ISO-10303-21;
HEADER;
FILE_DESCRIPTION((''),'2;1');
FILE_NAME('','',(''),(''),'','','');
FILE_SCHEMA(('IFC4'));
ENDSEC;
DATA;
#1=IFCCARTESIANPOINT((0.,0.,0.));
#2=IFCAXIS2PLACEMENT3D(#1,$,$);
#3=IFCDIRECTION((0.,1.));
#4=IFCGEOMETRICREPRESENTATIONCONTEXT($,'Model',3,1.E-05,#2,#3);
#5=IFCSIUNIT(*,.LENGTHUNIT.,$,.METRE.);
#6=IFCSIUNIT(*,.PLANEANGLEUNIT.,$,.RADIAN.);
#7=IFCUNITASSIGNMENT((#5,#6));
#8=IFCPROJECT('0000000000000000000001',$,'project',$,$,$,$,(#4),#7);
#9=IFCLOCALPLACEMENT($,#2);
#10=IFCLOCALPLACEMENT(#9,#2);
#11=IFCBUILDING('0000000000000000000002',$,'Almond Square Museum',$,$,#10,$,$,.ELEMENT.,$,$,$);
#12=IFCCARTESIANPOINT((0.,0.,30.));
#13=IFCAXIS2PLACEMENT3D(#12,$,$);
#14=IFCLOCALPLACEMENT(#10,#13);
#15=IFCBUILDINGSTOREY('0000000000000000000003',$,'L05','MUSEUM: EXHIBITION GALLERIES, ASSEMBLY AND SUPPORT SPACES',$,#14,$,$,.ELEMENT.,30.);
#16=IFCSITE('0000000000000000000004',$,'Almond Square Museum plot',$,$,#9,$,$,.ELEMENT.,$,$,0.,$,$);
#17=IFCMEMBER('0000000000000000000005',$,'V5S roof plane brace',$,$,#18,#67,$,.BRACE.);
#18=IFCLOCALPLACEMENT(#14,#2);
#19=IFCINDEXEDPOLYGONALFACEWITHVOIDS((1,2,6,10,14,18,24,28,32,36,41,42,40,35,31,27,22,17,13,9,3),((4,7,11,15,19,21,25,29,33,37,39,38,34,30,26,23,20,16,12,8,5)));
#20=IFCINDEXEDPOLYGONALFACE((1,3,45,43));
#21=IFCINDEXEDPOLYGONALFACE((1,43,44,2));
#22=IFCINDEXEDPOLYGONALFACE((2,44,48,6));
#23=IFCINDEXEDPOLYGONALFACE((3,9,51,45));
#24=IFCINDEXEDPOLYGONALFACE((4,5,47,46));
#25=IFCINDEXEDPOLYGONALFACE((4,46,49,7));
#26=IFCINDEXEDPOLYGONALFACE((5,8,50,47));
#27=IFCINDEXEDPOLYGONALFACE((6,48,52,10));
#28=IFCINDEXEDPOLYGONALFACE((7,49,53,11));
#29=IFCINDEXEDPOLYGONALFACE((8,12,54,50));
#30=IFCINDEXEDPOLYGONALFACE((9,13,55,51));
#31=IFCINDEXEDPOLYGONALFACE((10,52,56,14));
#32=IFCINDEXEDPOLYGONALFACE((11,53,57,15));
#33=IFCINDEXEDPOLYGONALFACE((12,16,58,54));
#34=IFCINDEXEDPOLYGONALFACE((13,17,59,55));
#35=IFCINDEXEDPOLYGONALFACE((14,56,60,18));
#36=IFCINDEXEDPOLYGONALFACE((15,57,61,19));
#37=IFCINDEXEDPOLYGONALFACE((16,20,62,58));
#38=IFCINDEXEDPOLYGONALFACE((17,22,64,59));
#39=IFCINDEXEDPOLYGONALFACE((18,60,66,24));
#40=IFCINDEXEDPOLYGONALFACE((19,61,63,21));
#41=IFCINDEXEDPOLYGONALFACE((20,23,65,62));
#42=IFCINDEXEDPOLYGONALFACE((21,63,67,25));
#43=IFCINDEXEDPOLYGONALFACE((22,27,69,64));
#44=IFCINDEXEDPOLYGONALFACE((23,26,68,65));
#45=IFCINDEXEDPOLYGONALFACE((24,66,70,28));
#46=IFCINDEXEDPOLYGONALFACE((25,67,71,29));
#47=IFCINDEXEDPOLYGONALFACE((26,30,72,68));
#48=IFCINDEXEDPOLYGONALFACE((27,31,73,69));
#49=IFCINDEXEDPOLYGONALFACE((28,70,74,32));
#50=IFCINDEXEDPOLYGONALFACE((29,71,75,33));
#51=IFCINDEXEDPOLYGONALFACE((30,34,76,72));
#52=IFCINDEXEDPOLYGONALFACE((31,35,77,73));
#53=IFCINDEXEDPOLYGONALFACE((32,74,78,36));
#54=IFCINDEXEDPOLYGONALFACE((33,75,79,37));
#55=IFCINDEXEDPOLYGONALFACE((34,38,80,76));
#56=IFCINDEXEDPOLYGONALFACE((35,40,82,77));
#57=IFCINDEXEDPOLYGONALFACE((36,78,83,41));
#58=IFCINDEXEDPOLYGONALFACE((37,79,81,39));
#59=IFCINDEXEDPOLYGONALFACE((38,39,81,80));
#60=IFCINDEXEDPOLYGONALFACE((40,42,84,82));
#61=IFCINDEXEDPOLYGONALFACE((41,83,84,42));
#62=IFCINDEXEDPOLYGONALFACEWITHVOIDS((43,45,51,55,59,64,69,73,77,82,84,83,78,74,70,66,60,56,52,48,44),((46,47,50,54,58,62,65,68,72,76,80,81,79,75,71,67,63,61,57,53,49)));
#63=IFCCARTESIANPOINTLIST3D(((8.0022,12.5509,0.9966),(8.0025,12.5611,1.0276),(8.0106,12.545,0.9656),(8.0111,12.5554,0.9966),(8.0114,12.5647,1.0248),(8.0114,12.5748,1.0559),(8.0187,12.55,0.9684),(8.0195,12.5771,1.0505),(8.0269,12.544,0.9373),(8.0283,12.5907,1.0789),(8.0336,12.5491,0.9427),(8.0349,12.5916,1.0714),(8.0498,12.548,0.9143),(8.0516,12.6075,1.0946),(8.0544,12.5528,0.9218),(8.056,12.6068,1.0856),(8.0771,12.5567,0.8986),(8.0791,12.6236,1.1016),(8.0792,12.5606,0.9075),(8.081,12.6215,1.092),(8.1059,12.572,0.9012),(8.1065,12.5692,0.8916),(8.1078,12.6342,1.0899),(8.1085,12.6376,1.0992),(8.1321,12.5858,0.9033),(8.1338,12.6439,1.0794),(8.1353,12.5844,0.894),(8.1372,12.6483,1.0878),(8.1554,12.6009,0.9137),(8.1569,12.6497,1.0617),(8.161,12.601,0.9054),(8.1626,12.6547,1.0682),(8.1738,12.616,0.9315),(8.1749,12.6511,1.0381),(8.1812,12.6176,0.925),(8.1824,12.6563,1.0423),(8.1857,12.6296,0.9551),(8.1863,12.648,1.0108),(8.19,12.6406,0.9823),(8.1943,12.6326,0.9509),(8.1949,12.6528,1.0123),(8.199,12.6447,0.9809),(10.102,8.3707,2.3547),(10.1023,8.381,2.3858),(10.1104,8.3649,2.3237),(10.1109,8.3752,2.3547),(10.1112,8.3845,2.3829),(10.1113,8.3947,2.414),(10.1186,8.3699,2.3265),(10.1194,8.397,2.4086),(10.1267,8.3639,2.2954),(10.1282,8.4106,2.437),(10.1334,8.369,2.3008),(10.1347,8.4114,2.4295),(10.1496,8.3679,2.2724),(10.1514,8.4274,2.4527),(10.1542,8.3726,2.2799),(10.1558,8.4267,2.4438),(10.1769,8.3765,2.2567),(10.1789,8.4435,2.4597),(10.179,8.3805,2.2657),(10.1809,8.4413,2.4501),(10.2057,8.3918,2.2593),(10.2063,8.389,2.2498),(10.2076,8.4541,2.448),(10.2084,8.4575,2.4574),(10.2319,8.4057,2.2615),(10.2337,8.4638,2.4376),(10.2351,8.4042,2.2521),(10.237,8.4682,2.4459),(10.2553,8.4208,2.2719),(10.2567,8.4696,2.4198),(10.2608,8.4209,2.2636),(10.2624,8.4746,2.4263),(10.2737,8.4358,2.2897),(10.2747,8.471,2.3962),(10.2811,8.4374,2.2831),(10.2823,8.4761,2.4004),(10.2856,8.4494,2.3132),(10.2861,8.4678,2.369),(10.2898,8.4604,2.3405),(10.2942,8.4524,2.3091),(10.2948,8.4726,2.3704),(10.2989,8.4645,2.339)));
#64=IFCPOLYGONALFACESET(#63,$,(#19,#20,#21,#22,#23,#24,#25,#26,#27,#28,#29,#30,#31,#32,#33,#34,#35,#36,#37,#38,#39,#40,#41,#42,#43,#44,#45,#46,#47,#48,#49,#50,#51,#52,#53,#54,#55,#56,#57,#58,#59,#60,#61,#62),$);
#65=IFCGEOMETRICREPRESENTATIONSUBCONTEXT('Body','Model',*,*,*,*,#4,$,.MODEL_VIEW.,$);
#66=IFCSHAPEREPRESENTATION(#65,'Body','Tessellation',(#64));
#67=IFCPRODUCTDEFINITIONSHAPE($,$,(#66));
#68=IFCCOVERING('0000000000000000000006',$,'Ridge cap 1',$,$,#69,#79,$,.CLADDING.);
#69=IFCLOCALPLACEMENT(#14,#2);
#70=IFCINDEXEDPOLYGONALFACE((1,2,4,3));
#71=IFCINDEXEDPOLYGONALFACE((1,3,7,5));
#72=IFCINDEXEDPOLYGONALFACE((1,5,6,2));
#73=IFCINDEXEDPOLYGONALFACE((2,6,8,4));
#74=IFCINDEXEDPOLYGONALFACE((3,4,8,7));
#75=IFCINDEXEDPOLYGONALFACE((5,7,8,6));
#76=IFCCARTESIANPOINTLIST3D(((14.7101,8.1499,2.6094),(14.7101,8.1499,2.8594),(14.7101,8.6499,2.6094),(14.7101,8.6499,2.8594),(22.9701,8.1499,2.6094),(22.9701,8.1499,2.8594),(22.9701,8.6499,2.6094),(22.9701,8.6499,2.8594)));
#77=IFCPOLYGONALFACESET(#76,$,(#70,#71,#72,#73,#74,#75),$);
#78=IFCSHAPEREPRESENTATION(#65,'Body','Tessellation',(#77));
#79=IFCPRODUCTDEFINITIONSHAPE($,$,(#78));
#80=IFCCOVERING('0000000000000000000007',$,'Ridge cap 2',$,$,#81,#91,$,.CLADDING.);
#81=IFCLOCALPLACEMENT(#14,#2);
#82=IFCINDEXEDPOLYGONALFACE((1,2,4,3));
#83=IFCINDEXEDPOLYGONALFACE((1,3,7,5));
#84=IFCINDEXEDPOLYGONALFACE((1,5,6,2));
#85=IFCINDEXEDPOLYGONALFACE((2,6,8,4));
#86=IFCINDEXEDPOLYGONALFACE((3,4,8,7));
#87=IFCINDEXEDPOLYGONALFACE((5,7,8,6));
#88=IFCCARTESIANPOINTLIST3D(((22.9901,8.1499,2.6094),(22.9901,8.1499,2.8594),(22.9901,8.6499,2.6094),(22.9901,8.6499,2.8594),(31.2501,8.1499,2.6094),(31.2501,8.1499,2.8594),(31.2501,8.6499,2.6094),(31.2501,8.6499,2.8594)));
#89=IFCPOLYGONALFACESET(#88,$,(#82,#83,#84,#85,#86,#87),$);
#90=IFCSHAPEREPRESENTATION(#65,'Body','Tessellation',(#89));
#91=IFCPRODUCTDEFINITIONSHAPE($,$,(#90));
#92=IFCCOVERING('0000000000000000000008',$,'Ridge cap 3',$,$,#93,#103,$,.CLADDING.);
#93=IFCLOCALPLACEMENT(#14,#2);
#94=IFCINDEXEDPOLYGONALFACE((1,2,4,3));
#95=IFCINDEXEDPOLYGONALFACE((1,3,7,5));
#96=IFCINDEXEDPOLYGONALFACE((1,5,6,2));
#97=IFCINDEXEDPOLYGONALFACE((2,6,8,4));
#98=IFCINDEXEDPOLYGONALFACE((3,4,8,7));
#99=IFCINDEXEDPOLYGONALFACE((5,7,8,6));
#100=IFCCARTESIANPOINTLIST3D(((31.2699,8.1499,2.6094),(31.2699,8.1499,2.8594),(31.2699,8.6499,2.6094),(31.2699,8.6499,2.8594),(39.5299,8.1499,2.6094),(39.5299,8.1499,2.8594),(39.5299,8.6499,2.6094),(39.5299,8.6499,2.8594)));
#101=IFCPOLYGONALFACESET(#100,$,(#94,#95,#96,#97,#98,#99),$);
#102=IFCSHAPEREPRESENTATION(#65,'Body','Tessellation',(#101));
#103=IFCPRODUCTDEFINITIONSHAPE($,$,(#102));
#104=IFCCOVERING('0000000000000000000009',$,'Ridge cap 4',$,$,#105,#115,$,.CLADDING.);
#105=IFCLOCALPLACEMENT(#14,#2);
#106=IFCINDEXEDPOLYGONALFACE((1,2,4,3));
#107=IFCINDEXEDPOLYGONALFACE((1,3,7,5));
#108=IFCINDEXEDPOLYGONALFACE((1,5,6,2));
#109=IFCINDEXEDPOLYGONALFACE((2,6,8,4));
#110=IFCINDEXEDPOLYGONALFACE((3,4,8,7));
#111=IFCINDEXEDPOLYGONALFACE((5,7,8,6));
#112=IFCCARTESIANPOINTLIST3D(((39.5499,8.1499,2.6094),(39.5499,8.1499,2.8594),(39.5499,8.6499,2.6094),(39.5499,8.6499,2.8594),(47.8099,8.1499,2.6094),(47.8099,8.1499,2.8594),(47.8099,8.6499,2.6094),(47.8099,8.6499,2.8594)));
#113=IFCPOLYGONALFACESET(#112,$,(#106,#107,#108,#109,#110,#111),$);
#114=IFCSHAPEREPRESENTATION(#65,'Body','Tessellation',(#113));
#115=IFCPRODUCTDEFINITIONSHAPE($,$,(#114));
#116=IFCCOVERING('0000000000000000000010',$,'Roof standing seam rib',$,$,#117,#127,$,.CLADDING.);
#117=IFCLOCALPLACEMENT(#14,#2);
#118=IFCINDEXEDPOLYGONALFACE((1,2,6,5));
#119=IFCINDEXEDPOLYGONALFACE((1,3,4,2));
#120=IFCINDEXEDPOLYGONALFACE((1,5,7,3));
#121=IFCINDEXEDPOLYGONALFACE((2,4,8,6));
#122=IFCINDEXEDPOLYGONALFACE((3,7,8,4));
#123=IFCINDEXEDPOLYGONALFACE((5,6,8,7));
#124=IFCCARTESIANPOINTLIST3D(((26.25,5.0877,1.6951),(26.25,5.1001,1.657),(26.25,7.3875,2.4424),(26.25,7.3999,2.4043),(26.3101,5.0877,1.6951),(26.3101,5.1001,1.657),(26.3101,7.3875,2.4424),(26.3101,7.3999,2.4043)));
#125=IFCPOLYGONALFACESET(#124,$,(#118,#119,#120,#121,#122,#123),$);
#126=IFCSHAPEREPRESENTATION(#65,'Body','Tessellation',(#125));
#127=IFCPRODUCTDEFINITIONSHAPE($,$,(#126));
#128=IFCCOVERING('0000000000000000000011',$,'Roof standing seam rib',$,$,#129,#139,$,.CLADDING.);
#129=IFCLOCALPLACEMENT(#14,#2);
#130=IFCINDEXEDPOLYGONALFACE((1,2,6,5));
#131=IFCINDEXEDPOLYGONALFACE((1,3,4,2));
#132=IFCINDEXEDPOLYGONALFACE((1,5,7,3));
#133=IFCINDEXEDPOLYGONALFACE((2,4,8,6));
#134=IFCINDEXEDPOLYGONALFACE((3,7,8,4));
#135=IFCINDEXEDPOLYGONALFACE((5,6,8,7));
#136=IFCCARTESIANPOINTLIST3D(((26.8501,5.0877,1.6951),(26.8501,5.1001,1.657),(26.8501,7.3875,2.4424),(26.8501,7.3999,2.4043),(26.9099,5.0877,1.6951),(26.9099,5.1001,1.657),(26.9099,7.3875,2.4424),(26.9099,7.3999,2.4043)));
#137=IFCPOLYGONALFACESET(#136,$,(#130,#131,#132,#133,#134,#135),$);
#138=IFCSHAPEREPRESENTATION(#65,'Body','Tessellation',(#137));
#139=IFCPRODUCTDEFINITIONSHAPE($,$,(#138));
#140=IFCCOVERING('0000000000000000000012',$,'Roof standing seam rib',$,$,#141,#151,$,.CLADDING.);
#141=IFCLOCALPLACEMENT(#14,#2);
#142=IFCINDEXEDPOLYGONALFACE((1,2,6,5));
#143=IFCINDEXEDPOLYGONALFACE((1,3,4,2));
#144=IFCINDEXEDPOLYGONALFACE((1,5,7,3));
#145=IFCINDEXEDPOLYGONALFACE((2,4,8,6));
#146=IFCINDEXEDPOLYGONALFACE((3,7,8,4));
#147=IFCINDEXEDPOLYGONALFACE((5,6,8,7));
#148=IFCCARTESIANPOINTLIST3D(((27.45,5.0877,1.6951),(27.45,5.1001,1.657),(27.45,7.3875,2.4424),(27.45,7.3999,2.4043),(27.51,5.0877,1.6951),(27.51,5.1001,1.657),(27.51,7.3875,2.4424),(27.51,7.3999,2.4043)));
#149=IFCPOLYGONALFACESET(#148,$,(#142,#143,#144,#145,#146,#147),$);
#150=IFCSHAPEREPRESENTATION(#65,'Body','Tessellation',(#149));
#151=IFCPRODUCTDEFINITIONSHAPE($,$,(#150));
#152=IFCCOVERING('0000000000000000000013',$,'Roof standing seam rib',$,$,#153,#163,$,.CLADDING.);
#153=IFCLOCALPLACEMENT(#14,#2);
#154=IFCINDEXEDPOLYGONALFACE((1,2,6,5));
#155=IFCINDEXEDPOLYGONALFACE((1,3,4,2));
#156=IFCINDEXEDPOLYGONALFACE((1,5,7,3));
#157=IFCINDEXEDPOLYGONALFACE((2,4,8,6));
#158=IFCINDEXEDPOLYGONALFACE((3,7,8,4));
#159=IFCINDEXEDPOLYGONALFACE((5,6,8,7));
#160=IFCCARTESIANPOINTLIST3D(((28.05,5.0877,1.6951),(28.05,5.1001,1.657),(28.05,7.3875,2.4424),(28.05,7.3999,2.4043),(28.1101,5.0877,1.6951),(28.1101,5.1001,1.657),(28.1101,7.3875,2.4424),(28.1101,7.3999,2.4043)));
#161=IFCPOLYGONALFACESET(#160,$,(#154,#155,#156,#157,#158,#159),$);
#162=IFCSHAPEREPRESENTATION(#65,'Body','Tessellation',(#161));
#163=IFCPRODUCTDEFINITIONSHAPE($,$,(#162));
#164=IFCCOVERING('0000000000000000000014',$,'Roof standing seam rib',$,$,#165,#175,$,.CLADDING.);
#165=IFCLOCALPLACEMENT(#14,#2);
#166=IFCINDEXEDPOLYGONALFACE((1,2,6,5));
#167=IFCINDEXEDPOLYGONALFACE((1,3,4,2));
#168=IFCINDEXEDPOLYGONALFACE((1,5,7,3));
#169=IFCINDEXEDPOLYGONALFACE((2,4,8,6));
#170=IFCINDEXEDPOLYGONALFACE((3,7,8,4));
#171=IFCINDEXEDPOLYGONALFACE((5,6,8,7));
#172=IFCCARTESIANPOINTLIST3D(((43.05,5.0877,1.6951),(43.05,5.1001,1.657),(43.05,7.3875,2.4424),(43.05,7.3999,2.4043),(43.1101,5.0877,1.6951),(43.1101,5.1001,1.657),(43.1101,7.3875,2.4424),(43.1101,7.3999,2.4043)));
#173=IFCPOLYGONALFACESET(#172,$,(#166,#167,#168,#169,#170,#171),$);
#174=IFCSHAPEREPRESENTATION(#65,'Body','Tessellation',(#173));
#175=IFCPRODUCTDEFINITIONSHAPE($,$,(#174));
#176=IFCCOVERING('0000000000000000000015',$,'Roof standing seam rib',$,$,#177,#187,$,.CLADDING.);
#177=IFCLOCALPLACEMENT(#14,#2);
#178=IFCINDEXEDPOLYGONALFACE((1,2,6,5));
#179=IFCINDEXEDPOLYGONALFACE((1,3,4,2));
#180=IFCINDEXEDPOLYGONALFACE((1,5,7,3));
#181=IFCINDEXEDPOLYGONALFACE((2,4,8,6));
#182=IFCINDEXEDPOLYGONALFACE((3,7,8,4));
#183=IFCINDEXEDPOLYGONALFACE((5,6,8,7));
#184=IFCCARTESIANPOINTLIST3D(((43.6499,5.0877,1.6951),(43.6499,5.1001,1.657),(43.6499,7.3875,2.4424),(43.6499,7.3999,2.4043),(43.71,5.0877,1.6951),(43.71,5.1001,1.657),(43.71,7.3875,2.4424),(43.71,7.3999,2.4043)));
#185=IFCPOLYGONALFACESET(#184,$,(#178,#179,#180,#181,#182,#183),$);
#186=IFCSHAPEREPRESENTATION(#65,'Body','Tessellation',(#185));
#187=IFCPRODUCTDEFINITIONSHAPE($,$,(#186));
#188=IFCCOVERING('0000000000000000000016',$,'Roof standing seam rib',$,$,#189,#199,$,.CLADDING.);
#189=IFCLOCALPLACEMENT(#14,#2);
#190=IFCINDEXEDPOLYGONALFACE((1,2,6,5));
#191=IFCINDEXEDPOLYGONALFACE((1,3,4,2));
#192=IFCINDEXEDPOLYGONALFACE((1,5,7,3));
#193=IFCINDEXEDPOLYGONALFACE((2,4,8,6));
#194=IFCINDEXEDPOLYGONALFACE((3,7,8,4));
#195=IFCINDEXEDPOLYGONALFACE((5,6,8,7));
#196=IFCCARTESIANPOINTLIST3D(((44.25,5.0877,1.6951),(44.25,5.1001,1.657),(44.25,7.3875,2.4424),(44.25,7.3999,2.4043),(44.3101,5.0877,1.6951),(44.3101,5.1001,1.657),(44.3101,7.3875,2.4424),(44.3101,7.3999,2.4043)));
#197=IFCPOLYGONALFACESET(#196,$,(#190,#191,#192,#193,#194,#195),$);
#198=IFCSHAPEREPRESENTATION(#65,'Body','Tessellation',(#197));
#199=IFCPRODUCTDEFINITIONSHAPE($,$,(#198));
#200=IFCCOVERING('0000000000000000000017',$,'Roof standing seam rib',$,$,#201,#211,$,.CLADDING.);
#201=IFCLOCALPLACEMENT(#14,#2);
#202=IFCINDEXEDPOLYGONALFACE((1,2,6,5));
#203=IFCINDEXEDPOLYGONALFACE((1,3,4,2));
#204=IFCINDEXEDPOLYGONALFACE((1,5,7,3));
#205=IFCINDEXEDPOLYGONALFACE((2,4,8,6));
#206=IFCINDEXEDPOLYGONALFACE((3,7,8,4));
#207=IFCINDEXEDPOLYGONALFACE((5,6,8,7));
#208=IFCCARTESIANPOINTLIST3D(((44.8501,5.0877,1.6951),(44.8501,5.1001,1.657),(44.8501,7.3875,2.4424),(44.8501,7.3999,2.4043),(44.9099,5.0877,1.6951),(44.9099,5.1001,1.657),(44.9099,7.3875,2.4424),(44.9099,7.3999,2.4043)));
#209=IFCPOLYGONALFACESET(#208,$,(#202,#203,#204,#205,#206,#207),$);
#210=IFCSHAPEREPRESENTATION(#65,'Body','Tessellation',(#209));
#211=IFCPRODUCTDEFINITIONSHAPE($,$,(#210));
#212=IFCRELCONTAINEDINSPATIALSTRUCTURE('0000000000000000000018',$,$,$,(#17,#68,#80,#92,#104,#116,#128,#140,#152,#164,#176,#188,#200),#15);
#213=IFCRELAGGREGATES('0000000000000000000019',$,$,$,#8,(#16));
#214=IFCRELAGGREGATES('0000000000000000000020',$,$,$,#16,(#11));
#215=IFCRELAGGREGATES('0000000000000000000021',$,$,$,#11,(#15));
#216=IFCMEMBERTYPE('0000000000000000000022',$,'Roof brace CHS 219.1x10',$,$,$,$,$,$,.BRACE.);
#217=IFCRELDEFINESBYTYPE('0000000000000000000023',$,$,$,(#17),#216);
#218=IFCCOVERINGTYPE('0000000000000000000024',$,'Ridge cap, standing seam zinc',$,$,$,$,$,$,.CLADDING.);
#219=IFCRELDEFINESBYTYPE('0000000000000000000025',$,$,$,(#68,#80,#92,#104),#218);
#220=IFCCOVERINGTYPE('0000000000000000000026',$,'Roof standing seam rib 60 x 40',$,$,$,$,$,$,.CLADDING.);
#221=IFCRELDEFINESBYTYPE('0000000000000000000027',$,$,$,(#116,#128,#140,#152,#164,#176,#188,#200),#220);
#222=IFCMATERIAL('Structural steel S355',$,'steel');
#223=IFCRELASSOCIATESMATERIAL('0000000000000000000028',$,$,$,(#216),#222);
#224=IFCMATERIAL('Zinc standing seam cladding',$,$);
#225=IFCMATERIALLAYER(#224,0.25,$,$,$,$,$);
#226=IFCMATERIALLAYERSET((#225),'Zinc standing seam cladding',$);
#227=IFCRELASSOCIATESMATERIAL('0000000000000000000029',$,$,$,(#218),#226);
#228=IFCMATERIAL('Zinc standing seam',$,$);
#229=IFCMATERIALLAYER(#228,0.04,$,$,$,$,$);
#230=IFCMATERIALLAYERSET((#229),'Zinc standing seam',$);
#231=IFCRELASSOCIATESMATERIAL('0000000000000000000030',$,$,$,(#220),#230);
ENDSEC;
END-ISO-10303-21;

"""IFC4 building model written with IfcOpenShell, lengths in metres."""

from ifc_helpers import new_model, si_unit, direction, frame, origin, origin_2d, place, context, subcontext, project, spatial, polyline, rectangle, hollow_circle, outline, extrude, material, layer, layer_set, material_profile, profile_set, type_object, element, save


model = new_model("IFC4")

# Units and contexts
model_context = context("Model", 3, precision=1e-05, world=origin(), true_north=direction((0.0, 1.0)))
body_context = subcontext(model_context, "Body", "Model", "MODEL_VIEW")
ifc_project = project(units=[si_unit("LENGTHUNIT", "METRE"), si_unit("PLANEANGLEUNIT", "RADIAN")], contexts=[model_context])

# Site, building, storey
site_placement = place(None, origin())
site = spatial("IfcSite", under=ifc_project, at=site_placement, Name="Almond Square Museum plot", CompositionType="ELEMENT", RefElevation=0.0)
building_placement = place(site_placement, origin())
building = spatial("IfcBuilding", under=site, at=building_placement, Name="Almond Square Museum", CompositionType="ELEMENT")
storey_placement = place(building_placement, frame((0.0, 0.0, 30.0)))
storey = spatial("IfcBuildingStorey", under=building, at=storey_placement, Name="L05", Description="MUSEUM: EXHIBITION GALLERIES, ASSEMBLY AND SUPPORT SPACES", CompositionType="ELEMENT", Elevation=30.0)

# Member
ifc_material_1 = material(Name="Structural steel S355", Category="steel")
ifc_material_profile_1 = material_profile(ifc_material_1, hollow_circle(Radius=0.1096, WallThickness=0.01, at=origin_2d()))
ifc_profile_set_1 = profile_set([ifc_material_profile_1], Name="Structural steel S355")
member_type = type_object("IfcMemberType", Name="Roof brace CHS 219.1x10", PredefinedType="BRACE", material=ifc_profile_set_1)
member_placement = place(storey_placement, frame((10.2, 8.4199, 2.3547), z_axis=(-0.431082, 0.858154, -0.278818), x_axis=(-0.893591, -0.448883, 0.0)))
element("IfcMember", 1, at=member_placement, inside=storey, type_object=member_type, Name="V5S roof plane brace", PredefinedType="BRACE", context=body_context, shape_type="SweptSolid", body=[
    extrude(hollow_circle(Radius=0.1096, WallThickness=0.01, at=origin_2d()), origin(), (0.0, 0.0, 1.0), 4.8711),
])

# Coverings
ifc_material_2 = material(Name="Zinc standing seam cladding")
ifc_layer_1 = layer(ifc_material_2, 0.25)
ifc_layer_set_1 = layer_set([ifc_layer_1], Name="Zinc standing seam cladding")
covering_type_1 = type_object("IfcCoveringType", Name="Ridge cap, standing seam zinc", PredefinedType="CLADDING", material=ifc_layer_set_1)
for number, where, z_axis, x_axis, name in (
    (2, (18.8401, 8.3999, 2.6094), (0.0, 0.0, 1.0), (1.0, 0.0, 0.0), "Ridge cap 1"),
    (3, (27.1201, 8.3999, 2.6094), (0.0, 0.0, 1.0), (1.0, 0.0, 0.0), "Ridge cap 2"),
    (4, (35.3999, 8.3999, 2.6094), (0.0, 0.0, 1.0), (1.0, 0.0, 0.0), "Ridge cap 3"),
    (5, (43.6799, 8.3999, 2.6094), (0.0, 0.0, 1.0), (1.0, 0.0, 0.0), "Ridge cap 4"),
):
    element("IfcCovering", number, at=place(storey_placement, frame(where, z_axis=z_axis, x_axis=x_axis)), inside=storey, type_object=covering_type_1, Name=name, PredefinedType="CLADDING", context=body_context, shape_type="SweptSolid", body=[
        extrude(rectangle(XDim=8.26, YDim=0.5, at=origin_2d()), origin(), (0.0, 0.0, 1.0), 0.25),
    ])
ifc_material_3 = material(Name="Zinc standing seam")
ifc_layer_2 = layer(ifc_material_3, 0.04)
ifc_layer_set_2 = layer_set([ifc_layer_2], Name="Zinc standing seam")
covering_type_2 = type_object("IfcCoveringType", Name="Roof standing seam rib 60 x 40", PredefinedType="CLADDING", material=ifc_layer_set_2)
covering_1_placement = place(storey_placement, frame((26.25, 5.1001, 1.657), z_axis=(0.0, -0.30904, 0.951049), x_axis=(1.0, 0.0, 0.0)))
element("IfcCovering", 6, at=covering_1_placement, inside=storey, type_object=covering_type_2, Name="Roof standing seam rib", PredefinedType="CLADDING", context=body_context, shape_type="SweptSolid", body=[
    extrude(outline(polyline([(0.0, 0.0), (0.0601, 0.0), (0.0601, 2.4182), (0.0, 2.4182), (0.0, 0.0)])), origin(), (0.0, 0.0, 1.0), 0.04),
])
covering_2_placement = place(storey_placement, frame((26.8501, 5.1001, 1.657), z_axis=(0.0, -0.30904, 0.951049), x_axis=(1.0, 0.0, 0.0)))
element("IfcCovering", 7, at=covering_2_placement, inside=storey, type_object=covering_type_2, Name="Roof standing seam rib", PredefinedType="CLADDING", context=body_context, shape_type="SweptSolid", body=[
    extrude(outline(polyline([(0.0, 0.0), (0.0598, 0.0), (0.0598, 2.4182), (0.0, 2.4182), (0.0, 0.0)])), origin(), (0.0, 0.0, 1.0), 0.04),
])
for number, where, z_axis, x_axis, name in (
    (8, (27.45, 5.1001, 1.657), (0.0, -0.30904, 0.951049), (1.0, 0.0, 0.0), "Roof standing seam rib"),
    (9, (28.05, 5.1001, 1.657), (0.0, -0.30904, 0.951049), (1.0, 0.0, 0.0), "Roof standing seam rib"),
    (10, (43.05, 5.1001, 1.657), (0.0, -0.30904, 0.951049), (1.0, 0.0, 0.0), "Roof standing seam rib"),
    (11, (43.6499, 5.1001, 1.657), (0.0, -0.30904, 0.951049), (1.0, 0.0, 0.0), "Roof standing seam rib"),
    (12, (44.25, 5.1001, 1.657), (0.0, -0.30904, 0.951049), (1.0, 0.0, 0.0), "Roof standing seam rib"),
):
    element("IfcCovering", number, at=place(storey_placement, frame(where, z_axis=z_axis, x_axis=x_axis)), inside=storey, type_object=covering_type_2, Name=name, PredefinedType="CLADDING", context=body_context, shape_type="SweptSolid", body=[
        extrude(outline(polyline([(0.0, 0.0), (0.0601, 0.0), (0.0601, 2.4182), (0.0, 2.4182), (0.0, 0.0)])), origin(), (0.0, 0.0, 1.0), 0.04),
    ])
covering_3_placement = place(storey_placement, frame((44.8501, 5.1001, 1.657), z_axis=(0.0, -0.30904, 0.951049), x_axis=(1.0, 0.0, 0.0)))
element("IfcCovering", 13, at=covering_3_placement, inside=storey, type_object=covering_type_2, Name="Roof standing seam rib", PredefinedType="CLADDING", context=body_context, shape_type="SweptSolid", body=[
    extrude(outline(polyline([(0.0, 0.0), (0.0598, 0.0), (0.0598, 2.4182), (0.0, 2.4182), (0.0, 0.0)])), origin(), (0.0, 0.0, 1.0), 0.04),
])

save(model, "model.ifc")
